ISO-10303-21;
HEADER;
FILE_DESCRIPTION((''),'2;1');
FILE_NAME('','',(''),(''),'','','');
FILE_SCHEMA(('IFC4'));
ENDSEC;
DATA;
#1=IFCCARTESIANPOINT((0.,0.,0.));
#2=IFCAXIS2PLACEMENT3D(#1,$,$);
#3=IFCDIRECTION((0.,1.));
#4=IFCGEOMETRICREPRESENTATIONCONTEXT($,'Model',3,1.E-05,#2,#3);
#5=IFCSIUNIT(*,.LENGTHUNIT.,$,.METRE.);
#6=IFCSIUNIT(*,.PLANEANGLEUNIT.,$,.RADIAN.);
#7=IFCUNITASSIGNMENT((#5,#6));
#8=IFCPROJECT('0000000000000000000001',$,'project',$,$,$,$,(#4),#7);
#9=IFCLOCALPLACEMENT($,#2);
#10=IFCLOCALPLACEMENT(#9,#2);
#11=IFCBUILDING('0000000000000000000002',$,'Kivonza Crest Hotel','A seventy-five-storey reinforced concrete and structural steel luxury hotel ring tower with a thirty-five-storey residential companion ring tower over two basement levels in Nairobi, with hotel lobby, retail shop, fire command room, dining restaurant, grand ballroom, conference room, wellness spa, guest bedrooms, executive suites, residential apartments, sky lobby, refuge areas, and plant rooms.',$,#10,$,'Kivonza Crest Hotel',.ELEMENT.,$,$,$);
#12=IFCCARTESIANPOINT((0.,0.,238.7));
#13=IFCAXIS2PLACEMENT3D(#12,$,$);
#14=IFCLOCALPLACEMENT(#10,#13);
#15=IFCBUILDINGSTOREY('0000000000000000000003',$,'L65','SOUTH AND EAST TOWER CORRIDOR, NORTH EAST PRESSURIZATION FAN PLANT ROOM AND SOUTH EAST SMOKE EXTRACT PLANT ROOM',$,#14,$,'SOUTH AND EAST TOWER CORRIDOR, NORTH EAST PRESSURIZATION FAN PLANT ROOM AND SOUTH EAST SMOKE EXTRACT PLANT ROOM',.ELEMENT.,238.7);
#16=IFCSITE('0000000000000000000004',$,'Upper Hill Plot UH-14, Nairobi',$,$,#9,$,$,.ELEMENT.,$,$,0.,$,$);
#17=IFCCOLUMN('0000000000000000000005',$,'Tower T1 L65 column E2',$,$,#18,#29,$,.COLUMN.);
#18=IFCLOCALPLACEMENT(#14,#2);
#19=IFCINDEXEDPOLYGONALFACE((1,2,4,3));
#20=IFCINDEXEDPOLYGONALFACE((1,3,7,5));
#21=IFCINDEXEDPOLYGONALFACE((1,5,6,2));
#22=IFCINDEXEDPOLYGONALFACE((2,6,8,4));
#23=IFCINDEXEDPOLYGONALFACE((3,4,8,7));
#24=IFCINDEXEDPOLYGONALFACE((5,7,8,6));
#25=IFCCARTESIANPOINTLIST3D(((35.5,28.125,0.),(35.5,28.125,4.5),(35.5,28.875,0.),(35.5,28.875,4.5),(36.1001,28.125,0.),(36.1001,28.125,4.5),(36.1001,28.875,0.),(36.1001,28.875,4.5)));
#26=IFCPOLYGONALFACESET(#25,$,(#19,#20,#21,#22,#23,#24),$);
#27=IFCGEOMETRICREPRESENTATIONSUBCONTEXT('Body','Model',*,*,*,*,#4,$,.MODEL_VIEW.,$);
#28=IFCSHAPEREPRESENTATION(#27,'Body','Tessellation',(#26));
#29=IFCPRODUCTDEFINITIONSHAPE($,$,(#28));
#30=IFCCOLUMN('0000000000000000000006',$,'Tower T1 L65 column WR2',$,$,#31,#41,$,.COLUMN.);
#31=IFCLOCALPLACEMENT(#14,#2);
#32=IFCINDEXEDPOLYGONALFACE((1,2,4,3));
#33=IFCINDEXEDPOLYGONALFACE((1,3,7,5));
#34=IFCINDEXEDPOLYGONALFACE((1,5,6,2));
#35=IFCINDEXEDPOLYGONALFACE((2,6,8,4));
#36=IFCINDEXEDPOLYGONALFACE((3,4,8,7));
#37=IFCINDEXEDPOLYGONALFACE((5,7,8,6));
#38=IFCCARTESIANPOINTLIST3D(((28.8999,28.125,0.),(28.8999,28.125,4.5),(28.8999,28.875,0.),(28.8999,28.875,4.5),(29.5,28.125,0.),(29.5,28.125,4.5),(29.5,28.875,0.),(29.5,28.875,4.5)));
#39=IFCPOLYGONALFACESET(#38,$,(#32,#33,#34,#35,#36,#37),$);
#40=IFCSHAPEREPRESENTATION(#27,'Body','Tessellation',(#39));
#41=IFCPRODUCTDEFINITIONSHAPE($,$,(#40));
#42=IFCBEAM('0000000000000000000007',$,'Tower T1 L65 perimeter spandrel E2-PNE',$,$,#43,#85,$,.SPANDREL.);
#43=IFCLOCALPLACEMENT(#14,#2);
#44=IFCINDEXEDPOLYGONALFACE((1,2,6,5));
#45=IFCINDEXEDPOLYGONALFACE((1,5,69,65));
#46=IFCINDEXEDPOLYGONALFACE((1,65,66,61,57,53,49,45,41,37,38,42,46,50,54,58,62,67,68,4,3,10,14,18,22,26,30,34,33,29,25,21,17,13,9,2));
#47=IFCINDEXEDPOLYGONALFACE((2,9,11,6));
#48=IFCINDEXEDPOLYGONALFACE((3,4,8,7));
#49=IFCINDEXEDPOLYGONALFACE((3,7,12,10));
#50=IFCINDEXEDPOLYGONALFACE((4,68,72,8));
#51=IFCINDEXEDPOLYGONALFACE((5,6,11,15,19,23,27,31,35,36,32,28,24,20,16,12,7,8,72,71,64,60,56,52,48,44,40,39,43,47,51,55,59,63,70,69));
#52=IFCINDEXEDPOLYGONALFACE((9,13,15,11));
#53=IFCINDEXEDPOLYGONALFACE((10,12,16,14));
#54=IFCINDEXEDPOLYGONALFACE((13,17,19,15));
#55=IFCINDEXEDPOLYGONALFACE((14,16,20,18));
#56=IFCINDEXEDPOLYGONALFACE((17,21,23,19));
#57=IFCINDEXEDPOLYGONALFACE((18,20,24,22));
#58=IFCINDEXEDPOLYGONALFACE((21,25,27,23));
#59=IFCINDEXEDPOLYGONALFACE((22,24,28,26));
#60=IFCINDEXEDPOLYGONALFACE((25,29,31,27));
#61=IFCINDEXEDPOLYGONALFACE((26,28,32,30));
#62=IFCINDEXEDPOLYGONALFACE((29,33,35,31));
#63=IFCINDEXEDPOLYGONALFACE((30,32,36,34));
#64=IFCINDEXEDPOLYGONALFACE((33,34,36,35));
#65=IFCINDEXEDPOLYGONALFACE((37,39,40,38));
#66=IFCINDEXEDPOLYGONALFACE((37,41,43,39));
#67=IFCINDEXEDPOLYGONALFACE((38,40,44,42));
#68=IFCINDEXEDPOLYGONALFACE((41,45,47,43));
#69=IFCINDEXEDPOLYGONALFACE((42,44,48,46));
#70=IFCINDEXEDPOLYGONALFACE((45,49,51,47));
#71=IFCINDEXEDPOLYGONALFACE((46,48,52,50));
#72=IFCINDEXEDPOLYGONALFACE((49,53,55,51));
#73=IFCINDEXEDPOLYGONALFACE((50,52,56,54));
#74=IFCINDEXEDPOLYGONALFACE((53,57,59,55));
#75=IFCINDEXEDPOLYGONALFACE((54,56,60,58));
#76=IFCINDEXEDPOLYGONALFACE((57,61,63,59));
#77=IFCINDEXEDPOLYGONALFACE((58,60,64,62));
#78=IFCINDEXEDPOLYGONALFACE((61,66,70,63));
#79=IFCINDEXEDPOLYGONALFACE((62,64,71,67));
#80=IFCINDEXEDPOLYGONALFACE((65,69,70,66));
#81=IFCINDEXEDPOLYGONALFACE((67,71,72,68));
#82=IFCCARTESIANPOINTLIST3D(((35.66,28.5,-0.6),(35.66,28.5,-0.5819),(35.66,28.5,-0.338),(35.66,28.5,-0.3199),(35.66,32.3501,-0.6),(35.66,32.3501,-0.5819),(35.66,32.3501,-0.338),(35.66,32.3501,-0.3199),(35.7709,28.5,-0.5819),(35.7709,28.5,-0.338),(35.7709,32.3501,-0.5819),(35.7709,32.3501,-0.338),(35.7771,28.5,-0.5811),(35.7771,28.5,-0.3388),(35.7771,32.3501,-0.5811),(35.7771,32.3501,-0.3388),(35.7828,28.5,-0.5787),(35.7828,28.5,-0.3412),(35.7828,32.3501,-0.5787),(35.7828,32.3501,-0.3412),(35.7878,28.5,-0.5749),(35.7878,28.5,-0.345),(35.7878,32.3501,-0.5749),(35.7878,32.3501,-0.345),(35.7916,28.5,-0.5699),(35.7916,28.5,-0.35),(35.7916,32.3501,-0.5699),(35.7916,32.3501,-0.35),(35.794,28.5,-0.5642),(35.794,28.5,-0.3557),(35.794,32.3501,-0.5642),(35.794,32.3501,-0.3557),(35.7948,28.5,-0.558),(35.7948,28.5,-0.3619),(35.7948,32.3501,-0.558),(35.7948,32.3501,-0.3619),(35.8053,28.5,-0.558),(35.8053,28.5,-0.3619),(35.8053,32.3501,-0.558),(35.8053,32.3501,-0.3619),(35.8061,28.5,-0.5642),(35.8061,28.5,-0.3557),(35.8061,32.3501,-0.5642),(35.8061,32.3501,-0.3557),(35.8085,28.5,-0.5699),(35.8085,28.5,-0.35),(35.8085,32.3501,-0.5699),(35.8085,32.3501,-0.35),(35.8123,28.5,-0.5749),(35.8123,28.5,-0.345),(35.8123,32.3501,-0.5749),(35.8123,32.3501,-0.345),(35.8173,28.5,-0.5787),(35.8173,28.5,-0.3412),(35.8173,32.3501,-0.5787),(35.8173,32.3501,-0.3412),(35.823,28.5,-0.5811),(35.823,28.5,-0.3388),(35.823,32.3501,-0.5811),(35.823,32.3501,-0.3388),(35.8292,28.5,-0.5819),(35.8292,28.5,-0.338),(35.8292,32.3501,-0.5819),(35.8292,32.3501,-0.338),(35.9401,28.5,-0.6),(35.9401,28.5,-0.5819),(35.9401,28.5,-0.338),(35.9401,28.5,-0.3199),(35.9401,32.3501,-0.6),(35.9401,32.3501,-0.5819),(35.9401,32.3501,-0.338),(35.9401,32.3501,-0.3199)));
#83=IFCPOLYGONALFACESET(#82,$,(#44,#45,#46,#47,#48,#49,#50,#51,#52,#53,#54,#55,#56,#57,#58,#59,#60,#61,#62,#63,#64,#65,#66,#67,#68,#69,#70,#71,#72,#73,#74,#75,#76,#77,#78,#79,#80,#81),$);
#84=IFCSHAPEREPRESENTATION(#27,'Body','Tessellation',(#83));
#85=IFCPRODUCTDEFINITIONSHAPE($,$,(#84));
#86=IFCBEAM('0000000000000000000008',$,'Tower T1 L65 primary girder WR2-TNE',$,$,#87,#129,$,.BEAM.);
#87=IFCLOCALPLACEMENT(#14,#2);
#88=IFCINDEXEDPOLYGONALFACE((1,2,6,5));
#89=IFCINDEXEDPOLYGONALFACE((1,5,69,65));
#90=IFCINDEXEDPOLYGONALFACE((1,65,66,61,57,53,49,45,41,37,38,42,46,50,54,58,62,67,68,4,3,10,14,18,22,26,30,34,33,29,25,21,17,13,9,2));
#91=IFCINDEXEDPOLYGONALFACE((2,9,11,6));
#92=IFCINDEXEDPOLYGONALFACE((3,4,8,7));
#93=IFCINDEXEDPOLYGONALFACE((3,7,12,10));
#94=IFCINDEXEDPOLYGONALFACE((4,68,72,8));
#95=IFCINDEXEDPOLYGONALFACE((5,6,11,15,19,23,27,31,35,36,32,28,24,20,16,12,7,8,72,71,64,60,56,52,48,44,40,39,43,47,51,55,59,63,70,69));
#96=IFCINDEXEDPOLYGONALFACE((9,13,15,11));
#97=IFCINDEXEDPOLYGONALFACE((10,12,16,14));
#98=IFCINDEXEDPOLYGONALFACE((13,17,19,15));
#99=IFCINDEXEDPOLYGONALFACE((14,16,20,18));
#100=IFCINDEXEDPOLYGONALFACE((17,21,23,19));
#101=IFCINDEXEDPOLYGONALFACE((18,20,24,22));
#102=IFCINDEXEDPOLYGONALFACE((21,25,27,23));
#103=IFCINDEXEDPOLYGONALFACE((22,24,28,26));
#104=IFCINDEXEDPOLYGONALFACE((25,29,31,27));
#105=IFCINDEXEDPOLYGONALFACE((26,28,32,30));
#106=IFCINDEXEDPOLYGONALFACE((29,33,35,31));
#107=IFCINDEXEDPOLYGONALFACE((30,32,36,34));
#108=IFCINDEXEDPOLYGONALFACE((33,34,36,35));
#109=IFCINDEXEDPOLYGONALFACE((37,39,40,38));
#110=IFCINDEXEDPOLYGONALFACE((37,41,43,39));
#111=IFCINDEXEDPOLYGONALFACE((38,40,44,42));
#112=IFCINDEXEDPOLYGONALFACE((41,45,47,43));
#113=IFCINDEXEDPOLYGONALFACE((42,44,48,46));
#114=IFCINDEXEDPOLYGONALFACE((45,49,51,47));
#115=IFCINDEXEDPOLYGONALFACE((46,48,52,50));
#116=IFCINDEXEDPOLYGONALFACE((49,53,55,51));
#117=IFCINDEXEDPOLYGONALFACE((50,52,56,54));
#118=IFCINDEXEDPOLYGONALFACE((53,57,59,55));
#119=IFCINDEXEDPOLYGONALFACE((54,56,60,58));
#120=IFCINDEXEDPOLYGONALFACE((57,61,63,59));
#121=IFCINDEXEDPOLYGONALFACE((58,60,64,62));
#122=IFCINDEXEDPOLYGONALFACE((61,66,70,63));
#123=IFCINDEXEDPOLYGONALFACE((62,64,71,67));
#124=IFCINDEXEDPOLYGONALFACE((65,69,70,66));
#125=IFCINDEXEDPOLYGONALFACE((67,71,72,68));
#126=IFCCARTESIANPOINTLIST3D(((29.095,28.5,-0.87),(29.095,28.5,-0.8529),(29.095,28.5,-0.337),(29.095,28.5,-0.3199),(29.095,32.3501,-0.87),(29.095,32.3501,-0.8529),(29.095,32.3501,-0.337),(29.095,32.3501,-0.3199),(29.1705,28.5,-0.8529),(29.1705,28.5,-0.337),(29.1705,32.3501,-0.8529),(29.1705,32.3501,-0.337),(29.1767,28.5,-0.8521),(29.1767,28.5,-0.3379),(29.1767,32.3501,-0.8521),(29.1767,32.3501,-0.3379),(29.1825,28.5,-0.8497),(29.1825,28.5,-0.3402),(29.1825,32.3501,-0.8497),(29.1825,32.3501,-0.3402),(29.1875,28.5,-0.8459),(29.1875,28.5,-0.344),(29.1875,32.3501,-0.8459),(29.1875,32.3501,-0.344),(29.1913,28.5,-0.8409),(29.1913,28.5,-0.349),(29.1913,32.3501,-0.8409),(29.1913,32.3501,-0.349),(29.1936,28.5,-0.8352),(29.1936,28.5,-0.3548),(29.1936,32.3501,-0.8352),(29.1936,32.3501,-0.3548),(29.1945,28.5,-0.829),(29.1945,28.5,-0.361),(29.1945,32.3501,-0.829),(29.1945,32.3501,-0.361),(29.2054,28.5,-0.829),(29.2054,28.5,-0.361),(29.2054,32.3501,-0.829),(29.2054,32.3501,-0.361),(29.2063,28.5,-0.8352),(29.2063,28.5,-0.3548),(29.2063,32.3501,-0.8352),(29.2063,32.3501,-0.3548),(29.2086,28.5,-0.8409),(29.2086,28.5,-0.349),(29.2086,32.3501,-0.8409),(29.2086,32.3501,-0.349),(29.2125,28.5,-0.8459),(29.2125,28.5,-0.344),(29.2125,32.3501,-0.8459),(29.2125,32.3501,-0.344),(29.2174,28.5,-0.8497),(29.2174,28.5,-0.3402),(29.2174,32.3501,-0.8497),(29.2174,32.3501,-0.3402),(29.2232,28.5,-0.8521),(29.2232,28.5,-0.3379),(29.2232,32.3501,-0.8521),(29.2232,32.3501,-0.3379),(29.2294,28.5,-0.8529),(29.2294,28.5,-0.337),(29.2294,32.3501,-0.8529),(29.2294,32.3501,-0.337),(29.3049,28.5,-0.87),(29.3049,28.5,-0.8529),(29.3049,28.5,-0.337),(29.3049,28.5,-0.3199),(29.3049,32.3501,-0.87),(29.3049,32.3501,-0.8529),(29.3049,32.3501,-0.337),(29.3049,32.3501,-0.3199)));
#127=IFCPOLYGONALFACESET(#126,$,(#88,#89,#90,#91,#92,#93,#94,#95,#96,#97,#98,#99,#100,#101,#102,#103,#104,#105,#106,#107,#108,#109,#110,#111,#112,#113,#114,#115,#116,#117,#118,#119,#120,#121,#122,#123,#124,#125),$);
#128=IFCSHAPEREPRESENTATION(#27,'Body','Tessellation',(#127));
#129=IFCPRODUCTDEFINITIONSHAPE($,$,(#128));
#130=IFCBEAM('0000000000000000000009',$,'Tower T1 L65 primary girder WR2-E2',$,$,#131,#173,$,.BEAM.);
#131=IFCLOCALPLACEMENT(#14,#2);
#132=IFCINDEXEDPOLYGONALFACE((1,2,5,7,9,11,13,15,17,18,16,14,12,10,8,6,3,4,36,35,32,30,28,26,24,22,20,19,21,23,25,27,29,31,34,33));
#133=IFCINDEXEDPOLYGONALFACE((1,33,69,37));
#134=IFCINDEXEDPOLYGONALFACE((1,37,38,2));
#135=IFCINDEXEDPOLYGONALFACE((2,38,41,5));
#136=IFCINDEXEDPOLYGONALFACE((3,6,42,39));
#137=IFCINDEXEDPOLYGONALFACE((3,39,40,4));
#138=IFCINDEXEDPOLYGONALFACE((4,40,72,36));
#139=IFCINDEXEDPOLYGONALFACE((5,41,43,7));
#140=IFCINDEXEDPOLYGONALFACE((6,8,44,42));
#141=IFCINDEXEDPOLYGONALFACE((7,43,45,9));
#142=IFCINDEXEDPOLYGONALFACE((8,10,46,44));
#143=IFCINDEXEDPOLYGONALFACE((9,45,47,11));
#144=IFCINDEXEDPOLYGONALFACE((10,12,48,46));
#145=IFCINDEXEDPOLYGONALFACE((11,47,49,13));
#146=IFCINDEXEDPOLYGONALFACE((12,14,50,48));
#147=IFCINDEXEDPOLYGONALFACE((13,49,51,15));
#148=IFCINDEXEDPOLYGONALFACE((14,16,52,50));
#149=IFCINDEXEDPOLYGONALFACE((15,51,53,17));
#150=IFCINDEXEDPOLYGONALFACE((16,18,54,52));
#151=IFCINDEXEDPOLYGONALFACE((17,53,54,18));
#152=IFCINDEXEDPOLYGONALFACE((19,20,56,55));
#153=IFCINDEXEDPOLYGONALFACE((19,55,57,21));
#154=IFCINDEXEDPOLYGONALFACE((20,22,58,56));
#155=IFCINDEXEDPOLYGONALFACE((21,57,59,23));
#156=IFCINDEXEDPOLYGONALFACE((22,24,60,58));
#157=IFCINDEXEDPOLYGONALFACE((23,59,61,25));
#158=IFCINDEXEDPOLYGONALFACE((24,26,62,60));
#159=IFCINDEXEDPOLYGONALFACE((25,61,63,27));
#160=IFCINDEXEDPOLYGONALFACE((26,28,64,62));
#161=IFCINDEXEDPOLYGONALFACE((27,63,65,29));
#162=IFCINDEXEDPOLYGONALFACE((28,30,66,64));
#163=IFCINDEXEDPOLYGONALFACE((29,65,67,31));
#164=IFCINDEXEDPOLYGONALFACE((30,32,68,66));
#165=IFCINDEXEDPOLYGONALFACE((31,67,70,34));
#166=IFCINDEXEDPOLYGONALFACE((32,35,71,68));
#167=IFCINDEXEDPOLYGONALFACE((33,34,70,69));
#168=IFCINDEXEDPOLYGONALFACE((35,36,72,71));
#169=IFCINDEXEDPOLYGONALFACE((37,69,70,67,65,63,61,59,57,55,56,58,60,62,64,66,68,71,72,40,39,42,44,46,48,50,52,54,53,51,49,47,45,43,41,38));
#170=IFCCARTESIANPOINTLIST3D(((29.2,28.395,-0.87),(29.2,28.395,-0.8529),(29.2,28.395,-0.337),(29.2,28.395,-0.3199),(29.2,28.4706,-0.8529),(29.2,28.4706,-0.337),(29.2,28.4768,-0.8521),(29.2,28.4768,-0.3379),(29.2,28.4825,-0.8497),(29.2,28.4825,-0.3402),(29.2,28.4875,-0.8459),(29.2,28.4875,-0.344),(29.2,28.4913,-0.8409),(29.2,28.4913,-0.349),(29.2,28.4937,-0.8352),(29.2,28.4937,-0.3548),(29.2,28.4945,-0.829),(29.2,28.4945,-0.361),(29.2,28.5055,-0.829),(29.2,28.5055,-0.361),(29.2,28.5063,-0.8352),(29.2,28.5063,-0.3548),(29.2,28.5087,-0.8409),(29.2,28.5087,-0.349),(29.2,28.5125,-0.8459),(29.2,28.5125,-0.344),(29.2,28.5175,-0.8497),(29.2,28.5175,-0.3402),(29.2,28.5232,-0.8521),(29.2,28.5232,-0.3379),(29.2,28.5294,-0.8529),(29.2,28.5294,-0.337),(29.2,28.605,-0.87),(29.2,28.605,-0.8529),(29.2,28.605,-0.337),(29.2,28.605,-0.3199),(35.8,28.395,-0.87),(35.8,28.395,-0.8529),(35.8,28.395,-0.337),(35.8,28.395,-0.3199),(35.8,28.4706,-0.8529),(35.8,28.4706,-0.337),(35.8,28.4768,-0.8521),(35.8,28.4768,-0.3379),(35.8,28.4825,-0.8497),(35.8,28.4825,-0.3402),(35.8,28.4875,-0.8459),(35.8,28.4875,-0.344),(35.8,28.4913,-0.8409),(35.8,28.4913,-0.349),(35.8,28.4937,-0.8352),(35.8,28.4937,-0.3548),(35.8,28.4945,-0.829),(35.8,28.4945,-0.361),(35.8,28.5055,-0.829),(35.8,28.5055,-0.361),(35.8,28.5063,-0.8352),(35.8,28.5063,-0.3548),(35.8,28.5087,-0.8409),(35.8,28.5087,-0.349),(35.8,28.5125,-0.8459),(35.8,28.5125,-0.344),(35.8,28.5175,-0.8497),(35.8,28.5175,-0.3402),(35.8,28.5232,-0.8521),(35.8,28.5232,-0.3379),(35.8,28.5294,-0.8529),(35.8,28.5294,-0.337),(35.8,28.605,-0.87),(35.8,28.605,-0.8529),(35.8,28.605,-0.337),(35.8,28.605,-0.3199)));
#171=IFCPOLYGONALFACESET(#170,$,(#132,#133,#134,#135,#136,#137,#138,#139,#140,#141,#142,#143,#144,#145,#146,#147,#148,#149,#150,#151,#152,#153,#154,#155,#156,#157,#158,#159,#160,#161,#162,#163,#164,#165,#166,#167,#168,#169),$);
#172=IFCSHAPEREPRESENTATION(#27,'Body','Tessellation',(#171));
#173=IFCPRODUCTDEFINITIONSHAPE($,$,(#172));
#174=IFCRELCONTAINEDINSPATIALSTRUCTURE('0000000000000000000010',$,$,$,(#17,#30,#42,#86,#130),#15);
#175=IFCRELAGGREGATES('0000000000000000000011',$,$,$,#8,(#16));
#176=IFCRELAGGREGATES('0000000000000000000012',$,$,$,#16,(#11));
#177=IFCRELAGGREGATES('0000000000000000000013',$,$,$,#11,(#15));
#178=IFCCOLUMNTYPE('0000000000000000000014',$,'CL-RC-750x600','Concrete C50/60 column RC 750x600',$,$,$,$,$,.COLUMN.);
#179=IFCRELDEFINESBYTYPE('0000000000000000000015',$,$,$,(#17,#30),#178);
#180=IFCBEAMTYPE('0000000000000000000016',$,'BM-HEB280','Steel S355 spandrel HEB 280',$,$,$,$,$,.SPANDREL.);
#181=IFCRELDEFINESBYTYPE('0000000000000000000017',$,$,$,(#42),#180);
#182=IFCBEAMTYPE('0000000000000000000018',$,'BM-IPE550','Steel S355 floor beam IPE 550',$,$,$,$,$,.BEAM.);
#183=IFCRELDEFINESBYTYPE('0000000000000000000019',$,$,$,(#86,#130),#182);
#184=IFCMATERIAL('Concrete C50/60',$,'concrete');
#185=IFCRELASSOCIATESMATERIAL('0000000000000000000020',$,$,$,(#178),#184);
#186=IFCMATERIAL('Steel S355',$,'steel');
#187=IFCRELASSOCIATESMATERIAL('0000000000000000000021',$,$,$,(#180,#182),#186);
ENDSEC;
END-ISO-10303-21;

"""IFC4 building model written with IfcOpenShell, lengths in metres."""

from ifc_helpers import new_model, si_unit, direction, frame, origin, origin_2d, place, context, subcontext, project, spatial, rectangle, i_section, extrude, material, material_profile, profile_set, type_object, element, save


model = new_model("IFC4")

# Units and contexts
model_context = context("Model", 3, precision=1e-05, world=origin(), true_north=direction((0.0, 1.0)))
body_context = subcontext(model_context, "Body", "Model", "MODEL_VIEW")
ifc_project = project(units=[si_unit("LENGTHUNIT", "METRE"), si_unit("PLANEANGLEUNIT", "RADIAN")], contexts=[model_context])

# Site, building, storey
site_placement = place(None, origin())
site = spatial("IfcSite", under=ifc_project, at=site_placement, Name="Upper Hill Plot UH-14, Nairobi", CompositionType="ELEMENT", RefElevation=0.0)
building_placement = place(site_placement, origin())
building = spatial("IfcBuilding", under=site, at=building_placement, Name="Kivonza Crest Hotel", Description="A seventy-five-storey reinforced concrete and structural steel luxury hotel ring tower with a thirty-five-storey residential companion ring tower over two basement levels in Nairobi, with hotel lobby, retail shop, fire command room, dining restaurant, grand ballroom, conference room, wellness spa, guest bedrooms, executive suites, residential apartments, sky lobby, refuge areas, and plant rooms.", LongName="Kivonza Crest Hotel", CompositionType="ELEMENT")
storey_placement = place(building_placement, frame((0.0, 0.0, 238.7)))
storey = spatial("IfcBuildingStorey", under=building, at=storey_placement, Name="L65", Description="SOUTH AND EAST TOWER CORRIDOR, NORTH EAST PRESSURIZATION FAN PLANT ROOM AND SOUTH EAST SMOKE EXTRACT PLANT ROOM", LongName="SOUTH AND EAST TOWER CORRIDOR, NORTH EAST PRESSURIZATION FAN PLANT ROOM AND SOUTH EAST SMOKE EXTRACT PLANT ROOM", CompositionType="ELEMENT", Elevation=238.7)

# Columns
ifc_material_1 = material(Name="Concrete C50/60", Category="concrete")
ifc_material_profile_1 = material_profile(ifc_material_1, rectangle(XDim=0.6001, YDim=0.75, at=origin_2d()), Name="RC 750x600")
ifc_profile_set_1 = profile_set([ifc_material_profile_1], Name="Concrete C50/60")
column_type = type_object("IfcColumnType", Name="CL-RC-750x600", Description="Concrete C50/60 column RC 750x600", PredefinedType="COLUMN", material=ifc_profile_set_1)
for number, where, z_axis, x_axis, name in (
    (1, (35.8, 28.5, 0.0), (0.0, 0.0, 1.0), (1.0, 0.0, 0.0), "Tower T1 L65 column E2"),
    (2, (29.2, 28.5, 0.0), (0.0, 0.0, 1.0), (1.0, 0.0, 0.0), "Tower T1 L65 column WR2"),
):
    element("IfcColumn", number, at=place(storey_placement, frame(where, z_axis=z_axis, x_axis=x_axis)), inside=storey, type_object=column_type, Name=name, PredefinedType="COLUMN", context=body_context, shape_type="SweptSolid", body=[
        extrude(rectangle(XDim=0.6001, YDim=0.75, at=origin_2d()), origin(), (0.0, 0.0, 1.0), 4.5),
    ])

# Beams
ifc_material_2 = material(Name="Steel S355", Category="steel")
ifc_material_profile_2 = material_profile(ifc_material_2, i_section(OverallWidth=0.28, OverallDepth=0.28, WebThickness=0.0105, FlangeThickness=0.0181, FilletRadius=0.0239, at=origin_2d()), Name="HEB 280")
ifc_profile_set_2 = profile_set([ifc_material_profile_2], Name="Steel S355")
beam_type_1 = type_object("IfcBeamType", Name="BM-HEB280", Description="Steel S355 spandrel HEB 280", PredefinedType="SPANDREL", material=ifc_profile_set_2)
beam_1_placement = place(storey_placement, frame((35.8, 28.5, -0.46), z_axis=(0.0, 1.0, 0.0), x_axis=(-1.0, 0.0, 0.0)))
element("IfcBeam", 3, at=beam_1_placement, inside=storey, type_object=beam_type_1, Name="Tower T1 L65 perimeter spandrel E2-PNE", PredefinedType="SPANDREL", context=body_context, shape_type="SweptSolid", body=[
    extrude(i_section(OverallWidth=0.28, OverallDepth=0.28, WebThickness=0.0105, FlangeThickness=0.0181, FilletRadius=0.0239, at=origin_2d()), origin(), (0.0, 0.0, 1.0), 3.8501),
])
ifc_material_profile_3 = material_profile(ifc_material_2, i_section(OverallWidth=0.21, OverallDepth=0.55, WebThickness=0.011, FlangeThickness=0.0171, FilletRadius=0.0239, at=origin_2d()), Name="IPE 550")
ifc_profile_set_3 = profile_set([ifc_material_profile_3], Name="Steel S355")
beam_type_2 = type_object("IfcBeamType", Name="BM-IPE550", Description="Steel S355 floor beam IPE 550", PredefinedType="BEAM", material=ifc_profile_set_3)
beam_2_placement = place(storey_placement, frame((29.2, 28.5, -0.595), z_axis=(0.0, 1.0, 0.0), x_axis=(-1.0, 0.0, 0.0)))
element("IfcBeam", 4, at=beam_2_placement, inside=storey, type_object=beam_type_2, Name="Tower T1 L65 primary girder WR2-TNE", PredefinedType="BEAM", context=body_context, shape_type="SweptSolid", body=[
    extrude(i_section(OverallWidth=0.21, OverallDepth=0.55, WebThickness=0.011, FlangeThickness=0.0171, FilletRadius=0.0239, at=origin_2d()), origin(), (0.0, 0.0, 1.0), 3.8501),
])
beam_3_placement = place(storey_placement, frame((29.2, 28.5, -0.595), z_axis=(1.0, 0.0, 0.0), x_axis=(0.0, 1.0, 0.0)))
element("IfcBeam", 5, at=beam_3_placement, inside=storey, type_object=beam_type_2, Name="Tower T1 L65 primary girder WR2-E2", PredefinedType="BEAM", context=body_context, shape_type="SweptSolid", body=[
    extrude(i_section(OverallWidth=0.21, OverallDepth=0.55, WebThickness=0.011, FlangeThickness=0.0171, FilletRadius=0.0239, at=origin_2d()), origin(), (0.0, 0.0, 1.0), 6.6001),
])

save(model, "model.ifc")
